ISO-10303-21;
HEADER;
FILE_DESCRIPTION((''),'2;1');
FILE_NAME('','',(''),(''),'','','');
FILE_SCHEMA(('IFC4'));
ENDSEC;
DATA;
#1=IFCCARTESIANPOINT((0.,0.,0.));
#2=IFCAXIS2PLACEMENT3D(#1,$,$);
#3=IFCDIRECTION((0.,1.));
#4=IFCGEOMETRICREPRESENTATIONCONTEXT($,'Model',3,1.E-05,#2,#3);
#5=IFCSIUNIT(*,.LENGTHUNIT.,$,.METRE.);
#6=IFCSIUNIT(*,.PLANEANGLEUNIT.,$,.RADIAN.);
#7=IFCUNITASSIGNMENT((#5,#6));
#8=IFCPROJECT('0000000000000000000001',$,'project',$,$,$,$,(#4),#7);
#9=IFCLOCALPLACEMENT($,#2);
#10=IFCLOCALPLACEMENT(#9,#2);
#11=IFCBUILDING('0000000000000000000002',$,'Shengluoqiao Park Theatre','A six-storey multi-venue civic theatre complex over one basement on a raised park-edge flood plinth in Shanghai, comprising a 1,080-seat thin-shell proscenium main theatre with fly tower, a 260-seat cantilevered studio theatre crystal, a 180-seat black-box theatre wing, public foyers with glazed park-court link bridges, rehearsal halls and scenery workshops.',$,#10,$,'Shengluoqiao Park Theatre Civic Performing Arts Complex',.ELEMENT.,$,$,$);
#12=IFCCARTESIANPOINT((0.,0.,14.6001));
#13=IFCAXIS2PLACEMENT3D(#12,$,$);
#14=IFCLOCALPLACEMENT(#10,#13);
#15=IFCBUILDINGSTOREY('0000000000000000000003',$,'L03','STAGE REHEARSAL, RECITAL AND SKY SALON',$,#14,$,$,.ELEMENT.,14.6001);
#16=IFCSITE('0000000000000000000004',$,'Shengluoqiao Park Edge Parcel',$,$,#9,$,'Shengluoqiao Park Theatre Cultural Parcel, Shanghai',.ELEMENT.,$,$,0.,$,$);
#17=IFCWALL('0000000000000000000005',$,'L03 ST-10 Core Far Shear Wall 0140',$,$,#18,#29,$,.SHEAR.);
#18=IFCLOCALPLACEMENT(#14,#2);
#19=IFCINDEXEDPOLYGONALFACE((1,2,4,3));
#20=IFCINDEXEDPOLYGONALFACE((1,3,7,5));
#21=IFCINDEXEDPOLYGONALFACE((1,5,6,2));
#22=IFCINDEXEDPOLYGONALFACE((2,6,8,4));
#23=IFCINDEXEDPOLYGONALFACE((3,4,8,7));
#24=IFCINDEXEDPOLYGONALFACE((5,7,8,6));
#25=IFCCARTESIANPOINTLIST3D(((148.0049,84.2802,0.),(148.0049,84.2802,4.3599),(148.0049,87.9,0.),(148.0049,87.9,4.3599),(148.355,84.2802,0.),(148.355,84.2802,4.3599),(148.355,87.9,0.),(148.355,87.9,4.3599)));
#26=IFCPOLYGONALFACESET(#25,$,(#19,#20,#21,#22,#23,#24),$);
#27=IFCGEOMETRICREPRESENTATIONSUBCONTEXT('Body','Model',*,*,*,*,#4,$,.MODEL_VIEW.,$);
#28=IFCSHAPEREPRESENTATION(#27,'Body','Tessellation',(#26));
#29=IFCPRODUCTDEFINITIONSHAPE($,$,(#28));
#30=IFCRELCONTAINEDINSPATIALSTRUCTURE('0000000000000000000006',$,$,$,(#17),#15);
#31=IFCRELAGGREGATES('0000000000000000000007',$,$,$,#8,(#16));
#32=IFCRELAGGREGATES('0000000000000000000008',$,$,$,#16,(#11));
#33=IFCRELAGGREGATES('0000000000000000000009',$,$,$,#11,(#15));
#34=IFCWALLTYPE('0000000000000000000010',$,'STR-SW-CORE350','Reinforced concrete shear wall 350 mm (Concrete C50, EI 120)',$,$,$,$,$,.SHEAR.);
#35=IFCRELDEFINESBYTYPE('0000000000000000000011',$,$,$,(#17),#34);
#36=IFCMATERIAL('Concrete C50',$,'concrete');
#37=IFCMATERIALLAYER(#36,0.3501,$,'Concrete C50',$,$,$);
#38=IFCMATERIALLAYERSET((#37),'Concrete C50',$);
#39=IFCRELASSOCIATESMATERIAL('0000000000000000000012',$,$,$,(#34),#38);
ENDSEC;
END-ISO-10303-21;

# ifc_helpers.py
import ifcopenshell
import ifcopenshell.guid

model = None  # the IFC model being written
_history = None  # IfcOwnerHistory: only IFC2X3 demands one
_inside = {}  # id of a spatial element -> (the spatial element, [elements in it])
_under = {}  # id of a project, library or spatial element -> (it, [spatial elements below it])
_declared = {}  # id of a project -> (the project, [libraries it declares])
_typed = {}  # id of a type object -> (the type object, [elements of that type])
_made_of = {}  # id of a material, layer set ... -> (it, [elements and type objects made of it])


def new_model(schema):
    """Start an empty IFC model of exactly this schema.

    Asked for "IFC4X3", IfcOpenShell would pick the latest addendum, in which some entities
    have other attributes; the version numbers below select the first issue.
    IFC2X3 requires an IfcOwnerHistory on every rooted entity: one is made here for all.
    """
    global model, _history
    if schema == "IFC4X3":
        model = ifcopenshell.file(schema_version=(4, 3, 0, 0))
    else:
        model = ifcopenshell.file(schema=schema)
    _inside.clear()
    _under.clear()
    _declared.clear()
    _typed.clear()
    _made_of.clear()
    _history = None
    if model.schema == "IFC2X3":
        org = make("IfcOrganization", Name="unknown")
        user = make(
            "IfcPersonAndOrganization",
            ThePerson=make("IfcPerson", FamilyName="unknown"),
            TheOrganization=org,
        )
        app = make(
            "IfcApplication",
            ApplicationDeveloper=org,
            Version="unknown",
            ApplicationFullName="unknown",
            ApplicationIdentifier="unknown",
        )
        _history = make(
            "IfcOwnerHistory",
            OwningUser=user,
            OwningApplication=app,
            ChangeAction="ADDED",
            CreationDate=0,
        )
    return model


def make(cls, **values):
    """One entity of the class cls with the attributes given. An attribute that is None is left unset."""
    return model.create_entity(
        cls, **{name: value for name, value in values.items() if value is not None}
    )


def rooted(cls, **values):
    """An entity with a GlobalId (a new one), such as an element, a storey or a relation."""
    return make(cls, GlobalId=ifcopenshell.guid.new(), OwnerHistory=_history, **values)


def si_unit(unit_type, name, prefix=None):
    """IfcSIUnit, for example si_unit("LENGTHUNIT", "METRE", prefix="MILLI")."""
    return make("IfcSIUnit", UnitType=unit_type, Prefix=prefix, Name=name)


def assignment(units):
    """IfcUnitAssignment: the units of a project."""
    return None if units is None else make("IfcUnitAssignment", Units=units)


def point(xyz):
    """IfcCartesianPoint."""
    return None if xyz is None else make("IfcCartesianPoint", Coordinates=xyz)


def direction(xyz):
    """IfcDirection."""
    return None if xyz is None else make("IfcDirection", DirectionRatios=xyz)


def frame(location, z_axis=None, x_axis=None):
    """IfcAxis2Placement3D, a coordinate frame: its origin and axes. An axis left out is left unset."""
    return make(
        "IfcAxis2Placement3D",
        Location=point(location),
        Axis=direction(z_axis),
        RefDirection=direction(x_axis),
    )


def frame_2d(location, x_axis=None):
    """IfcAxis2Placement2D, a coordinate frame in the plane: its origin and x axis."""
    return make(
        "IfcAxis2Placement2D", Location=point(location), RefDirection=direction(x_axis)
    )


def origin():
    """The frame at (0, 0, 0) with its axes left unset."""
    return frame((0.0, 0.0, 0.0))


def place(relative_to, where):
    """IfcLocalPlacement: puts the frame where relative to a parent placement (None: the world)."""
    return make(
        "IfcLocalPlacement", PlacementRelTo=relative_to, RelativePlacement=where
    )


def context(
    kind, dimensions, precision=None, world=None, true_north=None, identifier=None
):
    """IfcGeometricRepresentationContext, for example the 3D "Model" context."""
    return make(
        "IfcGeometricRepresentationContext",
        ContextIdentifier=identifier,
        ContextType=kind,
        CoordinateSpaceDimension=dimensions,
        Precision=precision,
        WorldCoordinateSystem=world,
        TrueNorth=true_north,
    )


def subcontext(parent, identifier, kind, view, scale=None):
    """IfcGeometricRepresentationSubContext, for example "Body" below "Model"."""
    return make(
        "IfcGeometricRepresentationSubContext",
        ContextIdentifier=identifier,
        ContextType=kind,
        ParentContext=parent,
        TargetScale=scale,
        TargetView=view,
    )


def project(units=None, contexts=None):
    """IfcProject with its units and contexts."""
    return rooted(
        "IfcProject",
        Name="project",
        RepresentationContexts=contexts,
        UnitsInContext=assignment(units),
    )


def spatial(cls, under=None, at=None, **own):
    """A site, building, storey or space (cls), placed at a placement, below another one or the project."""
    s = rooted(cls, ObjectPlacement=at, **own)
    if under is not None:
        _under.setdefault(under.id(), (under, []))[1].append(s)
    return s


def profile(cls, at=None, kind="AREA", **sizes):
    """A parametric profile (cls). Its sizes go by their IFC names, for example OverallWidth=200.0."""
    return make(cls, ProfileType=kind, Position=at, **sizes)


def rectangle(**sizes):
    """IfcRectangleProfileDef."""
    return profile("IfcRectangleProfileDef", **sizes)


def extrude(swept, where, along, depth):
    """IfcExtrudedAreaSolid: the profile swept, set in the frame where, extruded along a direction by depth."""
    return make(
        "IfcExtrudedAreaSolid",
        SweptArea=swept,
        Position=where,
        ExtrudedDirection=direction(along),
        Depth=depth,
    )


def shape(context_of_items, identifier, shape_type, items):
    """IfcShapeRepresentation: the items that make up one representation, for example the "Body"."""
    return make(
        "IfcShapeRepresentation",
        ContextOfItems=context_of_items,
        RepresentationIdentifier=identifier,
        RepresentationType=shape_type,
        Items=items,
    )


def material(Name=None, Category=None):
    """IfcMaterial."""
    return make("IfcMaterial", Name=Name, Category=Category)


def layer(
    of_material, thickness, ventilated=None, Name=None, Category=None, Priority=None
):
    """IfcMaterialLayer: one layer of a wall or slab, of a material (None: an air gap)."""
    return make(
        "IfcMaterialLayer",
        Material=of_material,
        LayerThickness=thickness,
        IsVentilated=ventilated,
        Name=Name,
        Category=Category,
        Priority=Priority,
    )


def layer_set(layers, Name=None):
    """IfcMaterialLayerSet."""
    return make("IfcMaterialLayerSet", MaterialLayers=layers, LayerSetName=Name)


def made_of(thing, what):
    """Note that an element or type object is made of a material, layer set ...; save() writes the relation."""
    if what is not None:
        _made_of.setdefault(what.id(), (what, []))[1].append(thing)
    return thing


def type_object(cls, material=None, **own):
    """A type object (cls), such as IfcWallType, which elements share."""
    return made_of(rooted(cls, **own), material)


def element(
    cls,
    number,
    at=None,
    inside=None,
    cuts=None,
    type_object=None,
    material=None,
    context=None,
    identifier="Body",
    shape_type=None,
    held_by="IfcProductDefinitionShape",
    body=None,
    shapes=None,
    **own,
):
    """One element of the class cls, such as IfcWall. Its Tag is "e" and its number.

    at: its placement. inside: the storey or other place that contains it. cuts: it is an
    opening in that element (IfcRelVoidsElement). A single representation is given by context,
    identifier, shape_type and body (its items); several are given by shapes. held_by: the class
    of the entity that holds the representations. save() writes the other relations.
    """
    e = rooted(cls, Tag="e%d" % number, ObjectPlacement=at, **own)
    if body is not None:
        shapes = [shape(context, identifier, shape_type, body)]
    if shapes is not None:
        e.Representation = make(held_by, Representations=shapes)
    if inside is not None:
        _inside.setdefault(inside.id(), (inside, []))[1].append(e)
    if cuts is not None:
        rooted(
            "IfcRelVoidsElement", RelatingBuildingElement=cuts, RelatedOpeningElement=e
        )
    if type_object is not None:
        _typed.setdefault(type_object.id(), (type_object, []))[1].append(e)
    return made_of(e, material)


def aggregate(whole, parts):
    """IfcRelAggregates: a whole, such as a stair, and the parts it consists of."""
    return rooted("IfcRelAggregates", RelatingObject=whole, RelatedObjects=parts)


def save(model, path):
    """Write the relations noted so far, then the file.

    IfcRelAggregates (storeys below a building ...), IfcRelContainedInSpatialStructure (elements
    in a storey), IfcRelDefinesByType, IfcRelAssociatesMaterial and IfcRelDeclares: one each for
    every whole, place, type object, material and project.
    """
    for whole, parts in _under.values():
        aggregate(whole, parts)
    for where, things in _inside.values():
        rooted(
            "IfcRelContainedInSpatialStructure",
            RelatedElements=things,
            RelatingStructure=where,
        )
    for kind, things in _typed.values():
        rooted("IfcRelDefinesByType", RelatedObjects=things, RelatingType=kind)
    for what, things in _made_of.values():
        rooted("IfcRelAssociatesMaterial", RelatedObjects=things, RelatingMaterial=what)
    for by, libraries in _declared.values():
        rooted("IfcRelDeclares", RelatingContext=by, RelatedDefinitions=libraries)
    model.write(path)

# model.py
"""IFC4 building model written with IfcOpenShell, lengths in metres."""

from ifc_helpers import new_model, si_unit, direction, frame, frame_2d, origin, place, context, subcontext, project, spatial, rectangle, extrude, material, layer, layer_set, type_object, element, save


model = new_model("IFC4")

# Units and contexts
model_context = context("Model", 3, precision=1e-05, world=origin(), true_north=direction((0.0, 1.0)))
body_context = subcontext(model_context, "Body", "Model", "MODEL_VIEW")
ifc_project = project(units=[si_unit("LENGTHUNIT", "METRE"), si_unit("PLANEANGLEUNIT", "RADIAN")], contexts=[model_context])

# Site, building, storey
site_placement = place(None, origin())
site = spatial("IfcSite", under=ifc_project, at=site_placement, Name="Shengluoqiao Park Edge Parcel", LongName="Shengluoqiao Park Theatre Cultural Parcel, Shanghai", CompositionType="ELEMENT", RefElevation=0.0)
building_placement = place(site_placement, origin())
building = spatial("IfcBuilding", under=site, at=building_placement, Name="Shengluoqiao Park Theatre", Description="A six-storey multi-venue civic theatre complex over one basement on a raised park-edge flood plinth in Shanghai, comprising a 1,080-seat thin-shell proscenium main theatre with fly tower, a 260-seat cantilevered studio theatre crystal, a 180-seat black-box theatre wing, public foyers with glazed park-court link bridges, rehearsal halls and scenery workshops.", LongName="Shengluoqiao Park Theatre Civic Performing Arts Complex", CompositionType="ELEMENT")
storey_placement = place(building_placement, frame((0.0, 0.0, 14.6001)))
storey = spatial("IfcBuildingStorey", under=building, at=storey_placement, Name="L03", Description="STAGE REHEARSAL, RECITAL AND SKY SALON", CompositionType="ELEMENT", Elevation=14.6001)

# Wall
ifc_material_1 = material(Name="Concrete C50", Category="concrete")
ifc_layer_1 = layer(ifc_material_1, 0.3501, Name="Concrete C50")
ifc_layer_set_1 = layer_set([ifc_layer_1], Name="Concrete C50")
wall_type_1 = type_object("IfcWallType", Name="STR-SW-CORE350", Description="Reinforced concrete shear wall 350 mm (Concrete C50, EI 120)", PredefinedType="SHEAR", material=ifc_layer_set_1)
wall_1_placement = place(storey_placement, frame((148.1799, 84.28, 0.0), z_axis=(0.0, 0.0, 1.0), x_axis=(0.0, 1.0, 0.0)))
element("IfcWall", 1, at=wall_1_placement, inside=storey, type_object=wall_type_1, Name="L03 ST-10 Core Far Shear Wall 0140", PredefinedType="SHEAR", context=body_context, shape_type="SweptSolid", body=[
    extrude(rectangle(XDim=3.6199, YDim=0.3501, at=frame_2d((1.8101, 0.0))), origin(), (0.0, 0.0, 1.0), 4.3599),
])

save(model, "model.ifc")
